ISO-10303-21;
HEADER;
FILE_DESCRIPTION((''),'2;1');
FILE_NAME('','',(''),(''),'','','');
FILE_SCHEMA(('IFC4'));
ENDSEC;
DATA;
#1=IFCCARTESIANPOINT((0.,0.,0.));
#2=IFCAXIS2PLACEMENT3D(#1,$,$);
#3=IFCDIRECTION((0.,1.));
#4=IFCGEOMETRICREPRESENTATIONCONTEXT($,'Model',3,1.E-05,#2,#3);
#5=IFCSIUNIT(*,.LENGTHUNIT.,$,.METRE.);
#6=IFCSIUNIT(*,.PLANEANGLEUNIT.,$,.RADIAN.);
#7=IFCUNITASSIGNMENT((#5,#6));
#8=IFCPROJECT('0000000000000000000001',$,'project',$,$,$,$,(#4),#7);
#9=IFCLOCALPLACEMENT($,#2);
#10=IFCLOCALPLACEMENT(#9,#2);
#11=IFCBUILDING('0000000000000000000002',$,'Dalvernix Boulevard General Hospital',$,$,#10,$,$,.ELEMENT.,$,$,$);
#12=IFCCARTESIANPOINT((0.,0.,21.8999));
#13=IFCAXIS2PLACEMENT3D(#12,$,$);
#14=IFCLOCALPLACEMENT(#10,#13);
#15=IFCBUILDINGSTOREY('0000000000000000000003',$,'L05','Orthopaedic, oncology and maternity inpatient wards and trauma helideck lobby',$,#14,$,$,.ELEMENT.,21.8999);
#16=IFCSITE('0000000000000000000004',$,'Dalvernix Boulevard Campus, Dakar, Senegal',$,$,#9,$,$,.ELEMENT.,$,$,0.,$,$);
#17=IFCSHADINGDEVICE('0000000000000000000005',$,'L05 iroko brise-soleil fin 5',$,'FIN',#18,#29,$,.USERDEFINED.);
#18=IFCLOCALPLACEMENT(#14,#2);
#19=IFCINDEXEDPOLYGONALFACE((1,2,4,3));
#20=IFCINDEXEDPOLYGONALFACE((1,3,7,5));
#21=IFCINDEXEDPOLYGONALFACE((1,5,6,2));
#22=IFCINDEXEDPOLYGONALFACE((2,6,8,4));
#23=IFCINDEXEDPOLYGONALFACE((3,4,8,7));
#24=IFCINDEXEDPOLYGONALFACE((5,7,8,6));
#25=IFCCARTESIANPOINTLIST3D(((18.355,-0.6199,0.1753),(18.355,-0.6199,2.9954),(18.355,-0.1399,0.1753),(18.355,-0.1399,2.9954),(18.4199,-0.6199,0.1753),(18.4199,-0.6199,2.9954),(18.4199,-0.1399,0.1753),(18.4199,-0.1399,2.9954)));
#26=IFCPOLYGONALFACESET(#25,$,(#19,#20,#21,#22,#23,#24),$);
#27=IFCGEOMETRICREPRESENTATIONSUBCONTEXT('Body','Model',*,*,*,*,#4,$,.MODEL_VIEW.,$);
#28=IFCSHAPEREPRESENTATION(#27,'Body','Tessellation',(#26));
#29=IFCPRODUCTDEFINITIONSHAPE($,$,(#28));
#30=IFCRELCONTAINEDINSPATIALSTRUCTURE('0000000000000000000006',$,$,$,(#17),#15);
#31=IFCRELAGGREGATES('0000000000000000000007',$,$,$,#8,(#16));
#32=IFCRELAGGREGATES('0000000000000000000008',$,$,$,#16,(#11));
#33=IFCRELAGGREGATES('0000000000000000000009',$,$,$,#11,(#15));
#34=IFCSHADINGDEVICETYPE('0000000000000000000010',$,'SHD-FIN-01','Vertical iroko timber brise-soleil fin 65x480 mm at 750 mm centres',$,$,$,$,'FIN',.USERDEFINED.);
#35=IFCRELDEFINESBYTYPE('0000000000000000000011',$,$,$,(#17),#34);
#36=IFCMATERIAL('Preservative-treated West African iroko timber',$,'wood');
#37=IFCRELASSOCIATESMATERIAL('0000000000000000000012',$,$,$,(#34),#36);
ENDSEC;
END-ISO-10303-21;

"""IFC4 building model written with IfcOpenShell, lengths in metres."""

from ifc_helpers import new_model, si_unit, direction, frame, origin, origin_2d, place, context, subcontext, project, spatial, rectangle, extrude, material, type_object, element, save


model = new_model("IFC4")

# Units and contexts
model_context = context("Model", 3, precision=1e-05, world=origin(), true_north=direction((0.0, 1.0)))
body_context = subcontext(model_context, "Body", "Model", "MODEL_VIEW")
ifc_project = project(units=[si_unit("LENGTHUNIT", "METRE"), si_unit("PLANEANGLEUNIT", "RADIAN")], contexts=[model_context])

# Site, building, storey
site_placement = place(None, origin())
site = spatial("IfcSite", under=ifc_project, at=site_placement, Name="Dalvernix Boulevard Campus, Dakar, Senegal", CompositionType="ELEMENT", RefElevation=0.0)
building_placement = place(site_placement, origin())
building = spatial("IfcBuilding", under=site, at=building_placement, Name="Dalvernix Boulevard General Hospital", CompositionType="ELEMENT")
storey_placement = place(building_placement, frame((0.0, 0.0, 21.8999)))
storey = spatial("IfcBuildingStorey", under=building, at=storey_placement, Name="L05", Description="Orthopaedic, oncology and maternity inpatient wards and trauma helideck lobby", CompositionType="ELEMENT", Elevation=21.8999)

# Shading device
ifc_material_1 = material(Name="Preservative-treated West African iroko timber", Category="wood")
shading_device_type = type_object("IfcShadingDeviceType", Name="SHD-FIN-01", Description="Vertical iroko timber brise-soleil fin 65x480 mm at 750 mm centres", ElementType="FIN", PredefinedType="USERDEFINED", material=ifc_material_1)
for number, where, z_axis, x_axis, name in (
    (1, (18.3875, -0.3799, 0.1753), (0.0, 0.0, 1.0), (-1.0, 0.0, 0.0), "L05 iroko brise-soleil fin 5"),
):
    element("IfcShadingDevice", number, at=place(storey_placement, frame(where, z_axis=z_axis, x_axis=x_axis)), inside=storey, type_object=shading_device_type, Name=name, ObjectType="FIN", PredefinedType="USERDEFINED", context=body_context, shape_type="SweptSolid", body=[
        extrude(rectangle(XDim=0.0649, YDim=0.48, at=origin_2d()), origin(), (0.0, 0.0, 1.0), 2.8201),
    ])

save(model, "model.ifc")
